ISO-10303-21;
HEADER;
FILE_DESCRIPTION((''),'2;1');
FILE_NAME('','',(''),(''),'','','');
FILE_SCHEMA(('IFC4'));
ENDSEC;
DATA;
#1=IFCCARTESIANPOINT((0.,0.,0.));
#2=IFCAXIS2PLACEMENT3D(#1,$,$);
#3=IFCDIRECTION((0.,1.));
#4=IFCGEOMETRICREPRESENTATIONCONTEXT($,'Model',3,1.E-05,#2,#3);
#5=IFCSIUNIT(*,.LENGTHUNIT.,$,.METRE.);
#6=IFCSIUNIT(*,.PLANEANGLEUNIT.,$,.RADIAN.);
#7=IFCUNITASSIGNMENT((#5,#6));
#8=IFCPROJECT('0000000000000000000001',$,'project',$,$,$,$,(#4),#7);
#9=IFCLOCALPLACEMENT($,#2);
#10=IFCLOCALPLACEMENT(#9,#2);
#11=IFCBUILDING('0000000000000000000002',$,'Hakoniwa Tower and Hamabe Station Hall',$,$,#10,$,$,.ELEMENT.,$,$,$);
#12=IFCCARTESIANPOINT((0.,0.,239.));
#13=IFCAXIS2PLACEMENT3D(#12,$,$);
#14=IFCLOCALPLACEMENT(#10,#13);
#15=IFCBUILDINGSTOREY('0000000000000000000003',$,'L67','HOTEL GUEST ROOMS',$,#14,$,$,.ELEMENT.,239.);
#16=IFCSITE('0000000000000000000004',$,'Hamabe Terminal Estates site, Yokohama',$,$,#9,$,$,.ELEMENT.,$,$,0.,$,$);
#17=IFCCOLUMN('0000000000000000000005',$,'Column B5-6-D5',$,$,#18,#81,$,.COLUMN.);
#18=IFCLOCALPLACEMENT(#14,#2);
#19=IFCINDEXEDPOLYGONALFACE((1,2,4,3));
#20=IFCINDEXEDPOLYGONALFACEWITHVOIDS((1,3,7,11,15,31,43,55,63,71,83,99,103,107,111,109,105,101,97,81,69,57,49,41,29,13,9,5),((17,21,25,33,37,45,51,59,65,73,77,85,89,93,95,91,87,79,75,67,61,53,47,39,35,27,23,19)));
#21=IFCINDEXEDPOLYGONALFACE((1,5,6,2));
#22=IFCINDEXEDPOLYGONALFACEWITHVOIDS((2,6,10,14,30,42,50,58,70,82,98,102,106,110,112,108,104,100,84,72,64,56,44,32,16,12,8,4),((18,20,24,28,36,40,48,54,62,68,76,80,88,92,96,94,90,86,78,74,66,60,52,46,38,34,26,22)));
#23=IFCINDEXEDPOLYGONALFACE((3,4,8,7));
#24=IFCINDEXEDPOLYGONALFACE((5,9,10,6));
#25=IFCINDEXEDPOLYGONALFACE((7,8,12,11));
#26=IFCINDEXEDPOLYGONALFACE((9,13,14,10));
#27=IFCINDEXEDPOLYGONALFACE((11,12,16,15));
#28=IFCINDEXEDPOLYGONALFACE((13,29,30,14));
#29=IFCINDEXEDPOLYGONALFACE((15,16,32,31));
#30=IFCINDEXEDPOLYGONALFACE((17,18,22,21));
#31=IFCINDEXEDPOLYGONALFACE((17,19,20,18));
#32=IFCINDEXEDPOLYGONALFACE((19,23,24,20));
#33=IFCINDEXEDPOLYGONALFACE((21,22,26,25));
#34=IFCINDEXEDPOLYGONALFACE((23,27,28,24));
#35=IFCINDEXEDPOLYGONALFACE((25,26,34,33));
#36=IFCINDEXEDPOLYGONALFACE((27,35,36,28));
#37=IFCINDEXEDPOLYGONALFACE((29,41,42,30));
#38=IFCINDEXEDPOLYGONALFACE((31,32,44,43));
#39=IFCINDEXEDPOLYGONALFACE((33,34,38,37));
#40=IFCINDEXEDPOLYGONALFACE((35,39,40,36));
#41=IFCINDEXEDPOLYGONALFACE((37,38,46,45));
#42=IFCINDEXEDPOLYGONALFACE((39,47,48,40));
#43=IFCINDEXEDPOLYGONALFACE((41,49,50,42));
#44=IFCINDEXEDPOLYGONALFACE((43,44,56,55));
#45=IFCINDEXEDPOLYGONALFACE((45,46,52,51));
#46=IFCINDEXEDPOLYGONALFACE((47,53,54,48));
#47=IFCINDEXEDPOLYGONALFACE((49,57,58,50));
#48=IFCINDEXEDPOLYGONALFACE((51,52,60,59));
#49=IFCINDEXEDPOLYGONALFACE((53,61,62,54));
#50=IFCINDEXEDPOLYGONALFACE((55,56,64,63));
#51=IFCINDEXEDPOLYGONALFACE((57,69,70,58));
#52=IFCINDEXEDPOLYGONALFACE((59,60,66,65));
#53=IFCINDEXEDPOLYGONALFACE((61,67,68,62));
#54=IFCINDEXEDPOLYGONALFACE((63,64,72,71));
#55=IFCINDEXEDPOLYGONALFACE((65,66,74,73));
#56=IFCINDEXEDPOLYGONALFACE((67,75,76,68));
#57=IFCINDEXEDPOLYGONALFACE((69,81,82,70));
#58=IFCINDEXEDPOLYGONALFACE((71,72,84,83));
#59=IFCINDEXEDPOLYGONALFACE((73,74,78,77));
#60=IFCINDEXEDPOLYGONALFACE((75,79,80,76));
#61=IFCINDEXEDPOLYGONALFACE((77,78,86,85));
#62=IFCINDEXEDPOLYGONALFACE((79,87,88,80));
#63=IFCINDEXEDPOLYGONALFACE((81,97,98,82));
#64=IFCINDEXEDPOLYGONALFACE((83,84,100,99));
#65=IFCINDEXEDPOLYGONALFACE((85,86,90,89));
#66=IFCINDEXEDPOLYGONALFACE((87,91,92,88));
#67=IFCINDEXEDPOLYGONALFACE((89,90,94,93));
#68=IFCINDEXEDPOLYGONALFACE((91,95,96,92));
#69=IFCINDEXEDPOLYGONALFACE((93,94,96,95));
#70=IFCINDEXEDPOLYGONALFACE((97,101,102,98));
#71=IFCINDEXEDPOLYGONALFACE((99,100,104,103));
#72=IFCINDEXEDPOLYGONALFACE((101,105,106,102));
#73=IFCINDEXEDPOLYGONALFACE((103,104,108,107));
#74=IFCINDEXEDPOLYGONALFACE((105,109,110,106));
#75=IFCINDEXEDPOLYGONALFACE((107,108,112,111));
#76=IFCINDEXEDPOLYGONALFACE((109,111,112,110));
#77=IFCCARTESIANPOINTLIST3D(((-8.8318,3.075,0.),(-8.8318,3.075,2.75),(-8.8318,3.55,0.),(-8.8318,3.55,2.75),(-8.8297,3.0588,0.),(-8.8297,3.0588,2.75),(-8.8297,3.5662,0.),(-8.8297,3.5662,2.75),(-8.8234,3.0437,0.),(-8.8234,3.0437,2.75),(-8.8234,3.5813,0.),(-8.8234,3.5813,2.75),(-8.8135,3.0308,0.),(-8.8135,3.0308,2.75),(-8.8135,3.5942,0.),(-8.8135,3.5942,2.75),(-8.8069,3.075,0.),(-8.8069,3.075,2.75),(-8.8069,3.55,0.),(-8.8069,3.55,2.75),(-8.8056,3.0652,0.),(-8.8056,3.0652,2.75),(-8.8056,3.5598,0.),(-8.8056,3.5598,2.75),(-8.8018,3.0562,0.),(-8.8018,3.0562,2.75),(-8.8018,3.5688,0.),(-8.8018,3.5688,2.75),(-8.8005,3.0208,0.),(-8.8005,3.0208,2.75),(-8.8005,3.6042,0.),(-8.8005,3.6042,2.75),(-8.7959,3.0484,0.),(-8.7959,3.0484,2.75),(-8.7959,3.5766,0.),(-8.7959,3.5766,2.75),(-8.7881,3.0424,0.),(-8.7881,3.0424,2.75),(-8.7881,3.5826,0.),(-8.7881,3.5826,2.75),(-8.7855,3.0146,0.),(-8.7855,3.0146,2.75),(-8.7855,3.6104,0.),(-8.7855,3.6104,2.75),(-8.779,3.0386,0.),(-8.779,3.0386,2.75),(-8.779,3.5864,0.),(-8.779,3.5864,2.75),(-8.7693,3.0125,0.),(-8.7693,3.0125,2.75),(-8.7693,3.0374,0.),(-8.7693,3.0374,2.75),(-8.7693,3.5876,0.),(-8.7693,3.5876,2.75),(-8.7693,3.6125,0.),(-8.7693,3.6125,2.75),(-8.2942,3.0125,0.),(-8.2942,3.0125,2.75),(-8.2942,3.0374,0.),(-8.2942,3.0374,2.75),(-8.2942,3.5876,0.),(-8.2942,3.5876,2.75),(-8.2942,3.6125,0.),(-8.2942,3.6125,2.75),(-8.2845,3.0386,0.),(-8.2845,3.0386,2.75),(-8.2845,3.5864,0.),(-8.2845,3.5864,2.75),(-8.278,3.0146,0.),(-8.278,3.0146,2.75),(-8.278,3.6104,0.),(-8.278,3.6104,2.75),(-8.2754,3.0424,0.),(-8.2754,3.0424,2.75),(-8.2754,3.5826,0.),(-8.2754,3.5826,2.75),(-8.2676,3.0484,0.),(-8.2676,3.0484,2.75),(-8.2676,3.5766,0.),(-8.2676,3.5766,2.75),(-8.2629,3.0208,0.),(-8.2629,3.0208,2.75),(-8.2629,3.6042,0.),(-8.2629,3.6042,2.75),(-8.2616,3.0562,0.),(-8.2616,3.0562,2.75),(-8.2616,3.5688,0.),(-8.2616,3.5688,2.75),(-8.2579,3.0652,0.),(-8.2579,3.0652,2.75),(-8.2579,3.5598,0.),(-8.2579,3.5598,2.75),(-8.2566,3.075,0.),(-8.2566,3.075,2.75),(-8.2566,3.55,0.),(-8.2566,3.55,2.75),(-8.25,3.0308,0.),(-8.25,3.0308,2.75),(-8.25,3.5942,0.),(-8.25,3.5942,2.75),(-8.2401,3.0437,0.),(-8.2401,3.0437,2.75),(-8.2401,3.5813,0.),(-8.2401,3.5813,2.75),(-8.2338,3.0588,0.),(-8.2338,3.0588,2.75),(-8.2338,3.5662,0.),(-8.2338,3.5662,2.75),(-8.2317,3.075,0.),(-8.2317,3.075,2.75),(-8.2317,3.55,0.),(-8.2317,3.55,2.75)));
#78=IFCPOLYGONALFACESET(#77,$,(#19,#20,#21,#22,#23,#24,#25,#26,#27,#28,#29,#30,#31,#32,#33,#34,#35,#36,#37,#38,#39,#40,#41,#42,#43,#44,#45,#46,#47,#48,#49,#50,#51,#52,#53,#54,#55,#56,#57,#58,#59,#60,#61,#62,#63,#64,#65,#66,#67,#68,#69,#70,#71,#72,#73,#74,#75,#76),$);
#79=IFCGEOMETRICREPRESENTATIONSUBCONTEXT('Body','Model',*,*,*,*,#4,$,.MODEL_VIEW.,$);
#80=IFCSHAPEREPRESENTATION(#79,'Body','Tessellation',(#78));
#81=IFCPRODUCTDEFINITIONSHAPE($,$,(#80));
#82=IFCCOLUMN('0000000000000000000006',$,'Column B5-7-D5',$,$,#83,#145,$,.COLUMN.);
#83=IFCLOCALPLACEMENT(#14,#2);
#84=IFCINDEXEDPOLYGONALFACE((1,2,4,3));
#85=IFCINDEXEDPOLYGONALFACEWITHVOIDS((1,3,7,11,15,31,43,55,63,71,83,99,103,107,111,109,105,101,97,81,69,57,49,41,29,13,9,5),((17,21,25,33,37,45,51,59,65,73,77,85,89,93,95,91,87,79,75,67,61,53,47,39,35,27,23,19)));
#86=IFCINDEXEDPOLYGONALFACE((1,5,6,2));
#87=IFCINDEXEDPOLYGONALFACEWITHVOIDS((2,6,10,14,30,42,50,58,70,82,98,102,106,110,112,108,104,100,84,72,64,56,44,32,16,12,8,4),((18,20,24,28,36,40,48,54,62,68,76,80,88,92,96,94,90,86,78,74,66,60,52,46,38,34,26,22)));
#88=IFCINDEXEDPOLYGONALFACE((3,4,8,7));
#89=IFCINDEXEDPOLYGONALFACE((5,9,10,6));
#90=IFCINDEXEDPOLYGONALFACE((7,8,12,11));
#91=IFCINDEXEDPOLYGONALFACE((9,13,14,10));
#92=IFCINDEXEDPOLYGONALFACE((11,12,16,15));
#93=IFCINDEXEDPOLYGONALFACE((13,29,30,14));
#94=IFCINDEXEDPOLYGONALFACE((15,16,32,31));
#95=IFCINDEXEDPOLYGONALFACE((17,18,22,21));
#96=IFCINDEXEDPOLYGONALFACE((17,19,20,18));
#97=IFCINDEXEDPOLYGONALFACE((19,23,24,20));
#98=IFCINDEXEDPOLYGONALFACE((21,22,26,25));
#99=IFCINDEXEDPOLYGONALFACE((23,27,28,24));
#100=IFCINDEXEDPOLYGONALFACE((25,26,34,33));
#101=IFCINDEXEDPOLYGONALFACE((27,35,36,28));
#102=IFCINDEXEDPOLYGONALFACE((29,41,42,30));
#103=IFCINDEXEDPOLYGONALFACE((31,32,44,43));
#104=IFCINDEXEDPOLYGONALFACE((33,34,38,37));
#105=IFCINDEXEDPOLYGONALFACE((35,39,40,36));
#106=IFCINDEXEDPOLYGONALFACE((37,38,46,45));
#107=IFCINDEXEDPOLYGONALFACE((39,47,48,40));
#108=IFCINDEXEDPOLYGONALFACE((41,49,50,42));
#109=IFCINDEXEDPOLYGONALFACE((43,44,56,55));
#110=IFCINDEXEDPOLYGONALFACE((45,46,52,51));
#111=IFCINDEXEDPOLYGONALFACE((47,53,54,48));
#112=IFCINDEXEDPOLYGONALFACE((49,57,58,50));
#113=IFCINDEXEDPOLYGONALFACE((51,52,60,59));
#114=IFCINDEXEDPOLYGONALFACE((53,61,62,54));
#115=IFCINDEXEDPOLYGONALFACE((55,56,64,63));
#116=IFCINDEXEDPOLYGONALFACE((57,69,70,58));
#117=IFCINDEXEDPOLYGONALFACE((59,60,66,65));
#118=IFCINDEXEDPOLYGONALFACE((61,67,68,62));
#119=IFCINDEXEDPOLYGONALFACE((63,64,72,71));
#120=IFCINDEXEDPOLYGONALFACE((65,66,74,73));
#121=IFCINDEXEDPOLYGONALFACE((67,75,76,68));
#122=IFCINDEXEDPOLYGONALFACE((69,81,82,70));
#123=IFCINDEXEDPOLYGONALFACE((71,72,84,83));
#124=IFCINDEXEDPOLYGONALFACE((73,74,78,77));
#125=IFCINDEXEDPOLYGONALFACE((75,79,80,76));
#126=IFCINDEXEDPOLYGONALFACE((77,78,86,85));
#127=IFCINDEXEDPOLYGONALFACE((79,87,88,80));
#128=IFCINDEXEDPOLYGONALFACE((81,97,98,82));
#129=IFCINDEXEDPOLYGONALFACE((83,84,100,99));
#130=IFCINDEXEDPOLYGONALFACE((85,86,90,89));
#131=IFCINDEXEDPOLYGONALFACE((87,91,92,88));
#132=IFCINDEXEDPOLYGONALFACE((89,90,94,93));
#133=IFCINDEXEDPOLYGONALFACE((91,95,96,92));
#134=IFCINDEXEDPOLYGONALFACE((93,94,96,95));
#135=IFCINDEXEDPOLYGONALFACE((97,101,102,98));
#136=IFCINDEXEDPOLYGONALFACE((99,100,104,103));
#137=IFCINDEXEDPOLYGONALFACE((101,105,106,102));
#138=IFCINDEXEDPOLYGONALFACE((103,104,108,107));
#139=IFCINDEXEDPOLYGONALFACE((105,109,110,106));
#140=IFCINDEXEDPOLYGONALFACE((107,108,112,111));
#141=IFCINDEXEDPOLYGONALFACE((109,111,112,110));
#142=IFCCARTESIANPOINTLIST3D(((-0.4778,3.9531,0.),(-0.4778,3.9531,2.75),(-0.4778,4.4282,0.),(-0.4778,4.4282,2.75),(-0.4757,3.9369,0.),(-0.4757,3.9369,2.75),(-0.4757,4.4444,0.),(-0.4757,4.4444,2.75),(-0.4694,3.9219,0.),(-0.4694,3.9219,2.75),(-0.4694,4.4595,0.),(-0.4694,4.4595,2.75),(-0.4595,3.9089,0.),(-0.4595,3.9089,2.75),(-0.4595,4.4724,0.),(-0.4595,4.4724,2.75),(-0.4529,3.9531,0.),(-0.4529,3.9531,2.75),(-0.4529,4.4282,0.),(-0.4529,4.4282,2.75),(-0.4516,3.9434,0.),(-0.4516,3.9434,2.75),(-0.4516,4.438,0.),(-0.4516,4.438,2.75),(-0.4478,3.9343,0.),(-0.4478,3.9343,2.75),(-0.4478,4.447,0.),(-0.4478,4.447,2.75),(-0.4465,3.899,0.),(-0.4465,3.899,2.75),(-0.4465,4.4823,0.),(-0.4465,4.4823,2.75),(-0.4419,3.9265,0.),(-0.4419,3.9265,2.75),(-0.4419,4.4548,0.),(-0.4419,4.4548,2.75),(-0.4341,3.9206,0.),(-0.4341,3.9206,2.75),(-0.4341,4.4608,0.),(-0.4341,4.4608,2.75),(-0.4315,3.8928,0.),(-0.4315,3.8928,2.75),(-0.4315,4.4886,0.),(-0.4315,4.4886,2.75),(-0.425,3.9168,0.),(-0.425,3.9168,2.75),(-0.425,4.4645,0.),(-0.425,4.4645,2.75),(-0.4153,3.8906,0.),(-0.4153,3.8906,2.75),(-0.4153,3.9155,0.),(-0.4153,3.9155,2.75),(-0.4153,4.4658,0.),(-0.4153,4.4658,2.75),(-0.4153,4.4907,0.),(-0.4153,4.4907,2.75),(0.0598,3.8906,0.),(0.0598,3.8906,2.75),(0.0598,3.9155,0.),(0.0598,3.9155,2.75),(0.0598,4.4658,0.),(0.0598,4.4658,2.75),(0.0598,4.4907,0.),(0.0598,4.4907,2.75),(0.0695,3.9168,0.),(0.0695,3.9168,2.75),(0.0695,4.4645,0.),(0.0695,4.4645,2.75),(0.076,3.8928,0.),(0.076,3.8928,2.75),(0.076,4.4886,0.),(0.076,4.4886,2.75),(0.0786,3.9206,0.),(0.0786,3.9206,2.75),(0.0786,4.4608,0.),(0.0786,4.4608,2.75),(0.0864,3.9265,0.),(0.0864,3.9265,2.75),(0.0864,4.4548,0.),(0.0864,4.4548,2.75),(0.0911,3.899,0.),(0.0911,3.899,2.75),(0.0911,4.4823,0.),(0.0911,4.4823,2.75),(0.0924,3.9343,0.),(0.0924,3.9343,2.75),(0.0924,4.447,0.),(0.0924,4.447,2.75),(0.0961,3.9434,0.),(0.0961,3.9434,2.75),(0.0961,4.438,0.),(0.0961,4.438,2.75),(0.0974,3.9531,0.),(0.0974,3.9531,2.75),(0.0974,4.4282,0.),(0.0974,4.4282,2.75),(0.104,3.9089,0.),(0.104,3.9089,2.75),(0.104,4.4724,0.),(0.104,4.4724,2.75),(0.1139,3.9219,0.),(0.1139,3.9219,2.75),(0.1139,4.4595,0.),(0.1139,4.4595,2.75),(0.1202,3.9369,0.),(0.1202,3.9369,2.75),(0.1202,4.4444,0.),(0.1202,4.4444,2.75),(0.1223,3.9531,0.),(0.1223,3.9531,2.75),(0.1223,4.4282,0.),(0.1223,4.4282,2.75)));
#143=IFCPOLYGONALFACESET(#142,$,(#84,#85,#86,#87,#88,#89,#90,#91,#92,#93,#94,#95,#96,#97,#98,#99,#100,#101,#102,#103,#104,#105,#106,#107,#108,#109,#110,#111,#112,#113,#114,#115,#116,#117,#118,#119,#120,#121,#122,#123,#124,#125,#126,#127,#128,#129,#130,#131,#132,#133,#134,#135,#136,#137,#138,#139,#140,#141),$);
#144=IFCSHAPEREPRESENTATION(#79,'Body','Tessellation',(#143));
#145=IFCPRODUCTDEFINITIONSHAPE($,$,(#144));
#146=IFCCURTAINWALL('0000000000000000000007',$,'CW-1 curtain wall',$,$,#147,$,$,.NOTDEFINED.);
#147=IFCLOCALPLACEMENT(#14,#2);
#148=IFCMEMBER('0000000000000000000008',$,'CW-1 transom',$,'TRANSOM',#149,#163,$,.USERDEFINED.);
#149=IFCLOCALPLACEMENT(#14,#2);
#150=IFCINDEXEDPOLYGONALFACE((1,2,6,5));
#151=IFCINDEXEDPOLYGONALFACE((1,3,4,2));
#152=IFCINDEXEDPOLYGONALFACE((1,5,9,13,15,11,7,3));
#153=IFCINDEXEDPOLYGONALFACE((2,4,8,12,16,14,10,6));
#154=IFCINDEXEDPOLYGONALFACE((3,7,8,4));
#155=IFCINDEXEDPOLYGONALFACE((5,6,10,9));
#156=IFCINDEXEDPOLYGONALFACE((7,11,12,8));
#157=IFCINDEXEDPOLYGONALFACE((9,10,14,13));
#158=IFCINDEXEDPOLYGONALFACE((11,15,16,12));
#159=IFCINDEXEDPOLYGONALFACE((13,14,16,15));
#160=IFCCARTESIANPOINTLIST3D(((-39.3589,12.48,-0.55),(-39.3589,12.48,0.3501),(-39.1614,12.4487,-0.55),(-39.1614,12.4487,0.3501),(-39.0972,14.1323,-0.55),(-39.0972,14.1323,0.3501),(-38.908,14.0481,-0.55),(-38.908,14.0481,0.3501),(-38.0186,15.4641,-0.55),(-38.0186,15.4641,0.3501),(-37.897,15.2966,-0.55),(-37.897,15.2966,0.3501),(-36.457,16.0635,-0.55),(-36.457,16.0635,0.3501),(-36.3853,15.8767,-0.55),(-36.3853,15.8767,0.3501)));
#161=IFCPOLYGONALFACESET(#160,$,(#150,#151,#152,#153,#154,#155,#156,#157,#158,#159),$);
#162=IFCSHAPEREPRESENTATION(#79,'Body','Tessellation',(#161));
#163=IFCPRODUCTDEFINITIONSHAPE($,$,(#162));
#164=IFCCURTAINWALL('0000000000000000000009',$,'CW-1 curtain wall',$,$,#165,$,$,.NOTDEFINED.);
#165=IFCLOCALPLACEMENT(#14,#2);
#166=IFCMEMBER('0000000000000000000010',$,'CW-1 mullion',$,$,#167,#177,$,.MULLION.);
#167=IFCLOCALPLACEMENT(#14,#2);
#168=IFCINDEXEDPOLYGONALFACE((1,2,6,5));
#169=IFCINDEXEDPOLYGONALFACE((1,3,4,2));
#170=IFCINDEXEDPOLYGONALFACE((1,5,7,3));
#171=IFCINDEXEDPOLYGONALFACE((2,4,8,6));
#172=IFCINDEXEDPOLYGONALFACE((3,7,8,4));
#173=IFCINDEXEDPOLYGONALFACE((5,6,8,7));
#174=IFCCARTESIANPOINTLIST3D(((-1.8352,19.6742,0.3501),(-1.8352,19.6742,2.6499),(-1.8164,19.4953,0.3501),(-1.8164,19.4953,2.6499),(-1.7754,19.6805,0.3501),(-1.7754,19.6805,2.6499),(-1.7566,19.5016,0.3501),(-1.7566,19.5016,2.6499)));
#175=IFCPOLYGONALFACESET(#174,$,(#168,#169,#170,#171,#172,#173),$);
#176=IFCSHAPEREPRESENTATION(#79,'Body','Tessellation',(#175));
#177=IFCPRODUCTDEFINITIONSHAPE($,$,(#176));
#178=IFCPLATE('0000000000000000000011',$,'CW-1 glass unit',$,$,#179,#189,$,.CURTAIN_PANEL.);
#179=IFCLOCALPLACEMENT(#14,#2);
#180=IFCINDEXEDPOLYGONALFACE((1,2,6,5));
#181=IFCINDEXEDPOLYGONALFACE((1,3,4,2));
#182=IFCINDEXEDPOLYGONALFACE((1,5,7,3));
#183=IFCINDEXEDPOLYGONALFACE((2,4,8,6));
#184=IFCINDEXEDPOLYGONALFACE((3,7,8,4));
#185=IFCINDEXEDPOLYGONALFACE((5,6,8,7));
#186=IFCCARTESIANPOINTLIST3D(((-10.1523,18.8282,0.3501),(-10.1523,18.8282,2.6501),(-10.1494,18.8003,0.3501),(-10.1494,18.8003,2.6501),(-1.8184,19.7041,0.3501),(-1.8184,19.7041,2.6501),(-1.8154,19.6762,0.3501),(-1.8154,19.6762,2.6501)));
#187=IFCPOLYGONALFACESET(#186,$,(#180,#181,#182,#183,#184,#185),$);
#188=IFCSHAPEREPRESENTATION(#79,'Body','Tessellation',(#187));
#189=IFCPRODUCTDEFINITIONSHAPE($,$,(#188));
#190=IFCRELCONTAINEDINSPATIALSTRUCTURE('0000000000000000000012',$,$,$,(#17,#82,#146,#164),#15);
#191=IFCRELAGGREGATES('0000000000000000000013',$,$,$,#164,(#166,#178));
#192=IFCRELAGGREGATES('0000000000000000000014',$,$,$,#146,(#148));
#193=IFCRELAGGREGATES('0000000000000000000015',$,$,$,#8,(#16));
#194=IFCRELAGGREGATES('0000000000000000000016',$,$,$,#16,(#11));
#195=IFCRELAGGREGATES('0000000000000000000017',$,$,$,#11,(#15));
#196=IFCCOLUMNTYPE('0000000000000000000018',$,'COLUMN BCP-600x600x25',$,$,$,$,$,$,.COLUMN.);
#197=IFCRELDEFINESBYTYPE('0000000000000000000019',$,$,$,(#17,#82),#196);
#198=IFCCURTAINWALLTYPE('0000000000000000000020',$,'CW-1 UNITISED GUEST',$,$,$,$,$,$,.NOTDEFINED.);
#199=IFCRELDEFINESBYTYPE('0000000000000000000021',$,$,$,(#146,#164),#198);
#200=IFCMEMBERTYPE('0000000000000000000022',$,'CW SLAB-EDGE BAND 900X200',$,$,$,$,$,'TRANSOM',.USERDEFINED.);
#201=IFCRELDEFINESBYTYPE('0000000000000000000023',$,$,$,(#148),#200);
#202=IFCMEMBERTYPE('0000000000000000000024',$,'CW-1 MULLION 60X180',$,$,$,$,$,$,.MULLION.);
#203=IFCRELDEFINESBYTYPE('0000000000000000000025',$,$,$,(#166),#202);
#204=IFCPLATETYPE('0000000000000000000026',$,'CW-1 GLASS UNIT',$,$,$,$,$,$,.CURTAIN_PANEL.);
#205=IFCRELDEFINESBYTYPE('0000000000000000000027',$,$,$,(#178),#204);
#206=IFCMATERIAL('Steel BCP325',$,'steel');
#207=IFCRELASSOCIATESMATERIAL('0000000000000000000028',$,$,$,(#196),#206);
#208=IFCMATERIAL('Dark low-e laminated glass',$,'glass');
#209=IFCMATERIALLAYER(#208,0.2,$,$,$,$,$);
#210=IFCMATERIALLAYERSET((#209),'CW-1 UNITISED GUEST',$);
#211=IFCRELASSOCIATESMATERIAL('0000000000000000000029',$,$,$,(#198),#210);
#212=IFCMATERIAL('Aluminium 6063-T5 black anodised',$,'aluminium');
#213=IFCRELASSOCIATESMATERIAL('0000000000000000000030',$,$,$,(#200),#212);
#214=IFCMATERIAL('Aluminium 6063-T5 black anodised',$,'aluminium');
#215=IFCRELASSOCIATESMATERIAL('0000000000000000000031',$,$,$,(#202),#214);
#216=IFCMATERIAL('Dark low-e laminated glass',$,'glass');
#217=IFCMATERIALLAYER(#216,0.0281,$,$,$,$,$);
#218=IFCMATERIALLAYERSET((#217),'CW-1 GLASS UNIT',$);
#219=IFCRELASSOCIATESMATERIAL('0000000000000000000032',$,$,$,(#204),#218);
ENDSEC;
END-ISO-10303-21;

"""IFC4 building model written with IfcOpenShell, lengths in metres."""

from ifc_helpers import new_model, si_unit, direction, frame, origin, origin_2d, place, context, subcontext, project, spatial, polyline, rectangle, hollow_rectangle, outline, extrude, material, layer, layer_set, material_profile, profile_set, type_object, element, aggregate, save


model = new_model("IFC4")

# Units and contexts
model_context = context("Model", 3, precision=1e-05, world=origin(), true_north=direction((0.0, 1.0)))
body_context = subcontext(model_context, "Body", "Model", "MODEL_VIEW")
ifc_project = project(units=[si_unit("LENGTHUNIT", "METRE"), si_unit("PLANEANGLEUNIT", "RADIAN")], contexts=[model_context])

# Site, building, storey
site_placement = place(None, origin())
site = spatial("IfcSite", under=ifc_project, at=site_placement, Name="Hamabe Terminal Estates site, Yokohama", CompositionType="ELEMENT", RefElevation=0.0)
building_placement = place(site_placement, origin())
building = spatial("IfcBuilding", under=site, at=building_placement, Name="Hakoniwa Tower and Hamabe Station Hall", CompositionType="ELEMENT")
storey_placement = place(building_placement, frame((0.0, 0.0, 239.0)))
storey = spatial("IfcBuildingStorey", under=building, at=storey_placement, Name="L67", Description="HOTEL GUEST ROOMS", CompositionType="ELEMENT", Elevation=239.0)

# Columns
ifc_material_1 = material(Name="Steel BCP325", Category="steel")
ifc_material_profile_1 = material_profile(ifc_material_1, hollow_rectangle(XDim=0.6001, YDim=0.6001, WallThickness=0.0249, InnerFilletRadius=0.0376, OuterFilletRadius=0.0625, at=origin_2d()), Name="BCP-600x600x25")
ifc_profile_set_1 = profile_set([ifc_material_profile_1], Name="Steel BCP325")
column_type_1 = type_object("IfcColumnType", Name="COLUMN BCP-600x600x25", PredefinedType="COLUMN", material=ifc_profile_set_1)
for number, where, z_axis, x_axis, name in (
    (1, (-8.5317, 3.3125, 0.0), (0.0, 0.0, 1.0), (1.0, 0.0, 0.0), "Column B5-6-D5"),
    (2, (-0.1777, 4.1907, 0.0), (0.0, 0.0, 1.0), (1.0, 0.0, 0.0), "Column B5-7-D5"),
):
    element("IfcColumn", number, at=place(storey_placement, frame(where, z_axis=z_axis, x_axis=x_axis)), inside=storey, type_object=column_type_1, Name=name, PredefinedType="COLUMN", context=body_context, shape_type="SweptSolid", body=[
        extrude(hollow_rectangle(XDim=0.6001, YDim=0.6001, WallThickness=0.0249, InnerFilletRadius=0.0376, OuterFilletRadius=0.0625, at=origin_2d()), origin(), (0.0, 0.0, 1.0), 2.75),
    ])

# Curtain wall, member
ifc_material_2 = material(Name="Dark low-e laminated glass", Category="glass")
ifc_layer_1 = layer(ifc_material_2, 0.2)
ifc_layer_set_1 = layer_set([ifc_layer_1], Name="CW-1 UNITISED GUEST")
curtain_wall_type = type_object("IfcCurtainWallType", Name="CW-1 UNITISED GUEST", PredefinedType="NOTDEFINED", material=ifc_layer_set_1)
curtain_wall_1_placement = place(storey_placement, origin())
curtain_wall_1 = element("IfcCurtainWall", 3, at=curtain_wall_1_placement, inside=storey, type_object=curtain_wall_type, Name="CW-1 curtain wall", PredefinedType="NOTDEFINED")
ifc_material_3 = material(Name="Aluminium 6063-T5 black anodised", Category="aluminium")
ifc_material_profile_2 = material_profile(ifc_material_3, rectangle(XDim=0.2, YDim=0.8999, at=origin_2d()), Name="CW SLAB-EDGE BAND 900X200")
ifc_profile_set_2 = profile_set([ifc_material_profile_2], Name="Aluminium 6063-T5 black anodised")
member_type_1 = type_object("IfcMemberType", Name="CW SLAB-EDGE BAND 900X200", ElementType="TRANSOM", PredefinedType="USERDEFINED", material=ifc_profile_set_2)
member_1_placement = place(storey_placement, frame((0.0, 0.0, -0.55)))
member_1 = element("IfcMember", 4, at=member_1_placement, type_object=member_type_1, Name="CW-1 transom", ObjectType="TRANSOM", PredefinedType="USERDEFINED", context=body_context, shape_type="SweptSolid", body=[
    extrude(outline(polyline([(-36.457, 16.0635), (-38.0186, 15.4641), (-39.0972, 14.1323), (-39.3589, 12.48), (-39.1614, 12.4487), (-38.908, 14.0481), (-37.897, 15.2966), (-36.3853, 15.8767), (-36.457, 16.0635)])), origin(), (0.0, 0.0, 1.0), 0.9001),
])

# Curtain wall, member, plate
curtain_wall_2_placement = place(storey_placement, origin())
curtain_wall_2 = element("IfcCurtainWall", 5, at=curtain_wall_2_placement, inside=storey, type_object=curtain_wall_type, Name="CW-1 curtain wall", PredefinedType="NOTDEFINED")
ifc_material_4 = material(Name="Aluminium 6063-T5 black anodised", Category="aluminium")
ifc_material_profile_3 = material_profile(ifc_material_4, rectangle(XDim=0.0601, YDim=0.1799, at=origin_2d()), Name="CW-1 MULLION 60X180")
ifc_profile_set_3 = profile_set([ifc_material_profile_3], Name="Aluminium 6063-T5 black anodised")
member_type_2 = type_object("IfcMemberType", Name="CW-1 MULLION 60X180", PredefinedType="MULLION", material=ifc_profile_set_3)
member_2_placement = place(storey_placement, frame((-1.7959, 19.5879, 0.3501), z_axis=(0.0, 0.0, 1.0), x_axis=(-0.994522, -0.104528, 0.0)))
member_2 = element("IfcMember", 6, at=member_2_placement, type_object=member_type_2, Name="CW-1 mullion", PredefinedType="MULLION", context=body_context, shape_type="SweptSolid", body=[
    extrude(rectangle(XDim=0.0601, YDim=0.1799, at=origin_2d()), origin(), (0.0, 0.0, 1.0), 2.2998),
])
ifc_material_5 = material(Name="Dark low-e laminated glass", Category="glass")
ifc_layer_2 = layer(ifc_material_5, 0.0281)
ifc_layer_set_2 = layer_set([ifc_layer_2], Name="CW-1 GLASS UNIT")
plate_type = type_object("IfcPlateType", Name="CW-1 GLASS UNIT", PredefinedType="CURTAIN_PANEL", material=ifc_layer_set_2)
plate_1_placement = place(storey_placement, frame((-5.9839, 19.2522, 0.3501), z_axis=(0.0, 0.0, 1.0), x_axis=(-0.994522, -0.104528, 0.0)))
plate_1 = element("IfcPlate", 7, at=plate_1_placement, type_object=plate_type, Name="CW-1 glass unit", PredefinedType="CURTAIN_PANEL", context=body_context, shape_type="SweptSolid", body=[
    extrude(rectangle(XDim=8.3799, YDim=0.0281, at=origin_2d()), origin(), (0.0, 0.0, 1.0), 2.3),
])
aggregate(curtain_wall_2, [member_2, plate_1])

aggregate(curtain_wall_1, [member_1])

save(model, "model.ifc")
